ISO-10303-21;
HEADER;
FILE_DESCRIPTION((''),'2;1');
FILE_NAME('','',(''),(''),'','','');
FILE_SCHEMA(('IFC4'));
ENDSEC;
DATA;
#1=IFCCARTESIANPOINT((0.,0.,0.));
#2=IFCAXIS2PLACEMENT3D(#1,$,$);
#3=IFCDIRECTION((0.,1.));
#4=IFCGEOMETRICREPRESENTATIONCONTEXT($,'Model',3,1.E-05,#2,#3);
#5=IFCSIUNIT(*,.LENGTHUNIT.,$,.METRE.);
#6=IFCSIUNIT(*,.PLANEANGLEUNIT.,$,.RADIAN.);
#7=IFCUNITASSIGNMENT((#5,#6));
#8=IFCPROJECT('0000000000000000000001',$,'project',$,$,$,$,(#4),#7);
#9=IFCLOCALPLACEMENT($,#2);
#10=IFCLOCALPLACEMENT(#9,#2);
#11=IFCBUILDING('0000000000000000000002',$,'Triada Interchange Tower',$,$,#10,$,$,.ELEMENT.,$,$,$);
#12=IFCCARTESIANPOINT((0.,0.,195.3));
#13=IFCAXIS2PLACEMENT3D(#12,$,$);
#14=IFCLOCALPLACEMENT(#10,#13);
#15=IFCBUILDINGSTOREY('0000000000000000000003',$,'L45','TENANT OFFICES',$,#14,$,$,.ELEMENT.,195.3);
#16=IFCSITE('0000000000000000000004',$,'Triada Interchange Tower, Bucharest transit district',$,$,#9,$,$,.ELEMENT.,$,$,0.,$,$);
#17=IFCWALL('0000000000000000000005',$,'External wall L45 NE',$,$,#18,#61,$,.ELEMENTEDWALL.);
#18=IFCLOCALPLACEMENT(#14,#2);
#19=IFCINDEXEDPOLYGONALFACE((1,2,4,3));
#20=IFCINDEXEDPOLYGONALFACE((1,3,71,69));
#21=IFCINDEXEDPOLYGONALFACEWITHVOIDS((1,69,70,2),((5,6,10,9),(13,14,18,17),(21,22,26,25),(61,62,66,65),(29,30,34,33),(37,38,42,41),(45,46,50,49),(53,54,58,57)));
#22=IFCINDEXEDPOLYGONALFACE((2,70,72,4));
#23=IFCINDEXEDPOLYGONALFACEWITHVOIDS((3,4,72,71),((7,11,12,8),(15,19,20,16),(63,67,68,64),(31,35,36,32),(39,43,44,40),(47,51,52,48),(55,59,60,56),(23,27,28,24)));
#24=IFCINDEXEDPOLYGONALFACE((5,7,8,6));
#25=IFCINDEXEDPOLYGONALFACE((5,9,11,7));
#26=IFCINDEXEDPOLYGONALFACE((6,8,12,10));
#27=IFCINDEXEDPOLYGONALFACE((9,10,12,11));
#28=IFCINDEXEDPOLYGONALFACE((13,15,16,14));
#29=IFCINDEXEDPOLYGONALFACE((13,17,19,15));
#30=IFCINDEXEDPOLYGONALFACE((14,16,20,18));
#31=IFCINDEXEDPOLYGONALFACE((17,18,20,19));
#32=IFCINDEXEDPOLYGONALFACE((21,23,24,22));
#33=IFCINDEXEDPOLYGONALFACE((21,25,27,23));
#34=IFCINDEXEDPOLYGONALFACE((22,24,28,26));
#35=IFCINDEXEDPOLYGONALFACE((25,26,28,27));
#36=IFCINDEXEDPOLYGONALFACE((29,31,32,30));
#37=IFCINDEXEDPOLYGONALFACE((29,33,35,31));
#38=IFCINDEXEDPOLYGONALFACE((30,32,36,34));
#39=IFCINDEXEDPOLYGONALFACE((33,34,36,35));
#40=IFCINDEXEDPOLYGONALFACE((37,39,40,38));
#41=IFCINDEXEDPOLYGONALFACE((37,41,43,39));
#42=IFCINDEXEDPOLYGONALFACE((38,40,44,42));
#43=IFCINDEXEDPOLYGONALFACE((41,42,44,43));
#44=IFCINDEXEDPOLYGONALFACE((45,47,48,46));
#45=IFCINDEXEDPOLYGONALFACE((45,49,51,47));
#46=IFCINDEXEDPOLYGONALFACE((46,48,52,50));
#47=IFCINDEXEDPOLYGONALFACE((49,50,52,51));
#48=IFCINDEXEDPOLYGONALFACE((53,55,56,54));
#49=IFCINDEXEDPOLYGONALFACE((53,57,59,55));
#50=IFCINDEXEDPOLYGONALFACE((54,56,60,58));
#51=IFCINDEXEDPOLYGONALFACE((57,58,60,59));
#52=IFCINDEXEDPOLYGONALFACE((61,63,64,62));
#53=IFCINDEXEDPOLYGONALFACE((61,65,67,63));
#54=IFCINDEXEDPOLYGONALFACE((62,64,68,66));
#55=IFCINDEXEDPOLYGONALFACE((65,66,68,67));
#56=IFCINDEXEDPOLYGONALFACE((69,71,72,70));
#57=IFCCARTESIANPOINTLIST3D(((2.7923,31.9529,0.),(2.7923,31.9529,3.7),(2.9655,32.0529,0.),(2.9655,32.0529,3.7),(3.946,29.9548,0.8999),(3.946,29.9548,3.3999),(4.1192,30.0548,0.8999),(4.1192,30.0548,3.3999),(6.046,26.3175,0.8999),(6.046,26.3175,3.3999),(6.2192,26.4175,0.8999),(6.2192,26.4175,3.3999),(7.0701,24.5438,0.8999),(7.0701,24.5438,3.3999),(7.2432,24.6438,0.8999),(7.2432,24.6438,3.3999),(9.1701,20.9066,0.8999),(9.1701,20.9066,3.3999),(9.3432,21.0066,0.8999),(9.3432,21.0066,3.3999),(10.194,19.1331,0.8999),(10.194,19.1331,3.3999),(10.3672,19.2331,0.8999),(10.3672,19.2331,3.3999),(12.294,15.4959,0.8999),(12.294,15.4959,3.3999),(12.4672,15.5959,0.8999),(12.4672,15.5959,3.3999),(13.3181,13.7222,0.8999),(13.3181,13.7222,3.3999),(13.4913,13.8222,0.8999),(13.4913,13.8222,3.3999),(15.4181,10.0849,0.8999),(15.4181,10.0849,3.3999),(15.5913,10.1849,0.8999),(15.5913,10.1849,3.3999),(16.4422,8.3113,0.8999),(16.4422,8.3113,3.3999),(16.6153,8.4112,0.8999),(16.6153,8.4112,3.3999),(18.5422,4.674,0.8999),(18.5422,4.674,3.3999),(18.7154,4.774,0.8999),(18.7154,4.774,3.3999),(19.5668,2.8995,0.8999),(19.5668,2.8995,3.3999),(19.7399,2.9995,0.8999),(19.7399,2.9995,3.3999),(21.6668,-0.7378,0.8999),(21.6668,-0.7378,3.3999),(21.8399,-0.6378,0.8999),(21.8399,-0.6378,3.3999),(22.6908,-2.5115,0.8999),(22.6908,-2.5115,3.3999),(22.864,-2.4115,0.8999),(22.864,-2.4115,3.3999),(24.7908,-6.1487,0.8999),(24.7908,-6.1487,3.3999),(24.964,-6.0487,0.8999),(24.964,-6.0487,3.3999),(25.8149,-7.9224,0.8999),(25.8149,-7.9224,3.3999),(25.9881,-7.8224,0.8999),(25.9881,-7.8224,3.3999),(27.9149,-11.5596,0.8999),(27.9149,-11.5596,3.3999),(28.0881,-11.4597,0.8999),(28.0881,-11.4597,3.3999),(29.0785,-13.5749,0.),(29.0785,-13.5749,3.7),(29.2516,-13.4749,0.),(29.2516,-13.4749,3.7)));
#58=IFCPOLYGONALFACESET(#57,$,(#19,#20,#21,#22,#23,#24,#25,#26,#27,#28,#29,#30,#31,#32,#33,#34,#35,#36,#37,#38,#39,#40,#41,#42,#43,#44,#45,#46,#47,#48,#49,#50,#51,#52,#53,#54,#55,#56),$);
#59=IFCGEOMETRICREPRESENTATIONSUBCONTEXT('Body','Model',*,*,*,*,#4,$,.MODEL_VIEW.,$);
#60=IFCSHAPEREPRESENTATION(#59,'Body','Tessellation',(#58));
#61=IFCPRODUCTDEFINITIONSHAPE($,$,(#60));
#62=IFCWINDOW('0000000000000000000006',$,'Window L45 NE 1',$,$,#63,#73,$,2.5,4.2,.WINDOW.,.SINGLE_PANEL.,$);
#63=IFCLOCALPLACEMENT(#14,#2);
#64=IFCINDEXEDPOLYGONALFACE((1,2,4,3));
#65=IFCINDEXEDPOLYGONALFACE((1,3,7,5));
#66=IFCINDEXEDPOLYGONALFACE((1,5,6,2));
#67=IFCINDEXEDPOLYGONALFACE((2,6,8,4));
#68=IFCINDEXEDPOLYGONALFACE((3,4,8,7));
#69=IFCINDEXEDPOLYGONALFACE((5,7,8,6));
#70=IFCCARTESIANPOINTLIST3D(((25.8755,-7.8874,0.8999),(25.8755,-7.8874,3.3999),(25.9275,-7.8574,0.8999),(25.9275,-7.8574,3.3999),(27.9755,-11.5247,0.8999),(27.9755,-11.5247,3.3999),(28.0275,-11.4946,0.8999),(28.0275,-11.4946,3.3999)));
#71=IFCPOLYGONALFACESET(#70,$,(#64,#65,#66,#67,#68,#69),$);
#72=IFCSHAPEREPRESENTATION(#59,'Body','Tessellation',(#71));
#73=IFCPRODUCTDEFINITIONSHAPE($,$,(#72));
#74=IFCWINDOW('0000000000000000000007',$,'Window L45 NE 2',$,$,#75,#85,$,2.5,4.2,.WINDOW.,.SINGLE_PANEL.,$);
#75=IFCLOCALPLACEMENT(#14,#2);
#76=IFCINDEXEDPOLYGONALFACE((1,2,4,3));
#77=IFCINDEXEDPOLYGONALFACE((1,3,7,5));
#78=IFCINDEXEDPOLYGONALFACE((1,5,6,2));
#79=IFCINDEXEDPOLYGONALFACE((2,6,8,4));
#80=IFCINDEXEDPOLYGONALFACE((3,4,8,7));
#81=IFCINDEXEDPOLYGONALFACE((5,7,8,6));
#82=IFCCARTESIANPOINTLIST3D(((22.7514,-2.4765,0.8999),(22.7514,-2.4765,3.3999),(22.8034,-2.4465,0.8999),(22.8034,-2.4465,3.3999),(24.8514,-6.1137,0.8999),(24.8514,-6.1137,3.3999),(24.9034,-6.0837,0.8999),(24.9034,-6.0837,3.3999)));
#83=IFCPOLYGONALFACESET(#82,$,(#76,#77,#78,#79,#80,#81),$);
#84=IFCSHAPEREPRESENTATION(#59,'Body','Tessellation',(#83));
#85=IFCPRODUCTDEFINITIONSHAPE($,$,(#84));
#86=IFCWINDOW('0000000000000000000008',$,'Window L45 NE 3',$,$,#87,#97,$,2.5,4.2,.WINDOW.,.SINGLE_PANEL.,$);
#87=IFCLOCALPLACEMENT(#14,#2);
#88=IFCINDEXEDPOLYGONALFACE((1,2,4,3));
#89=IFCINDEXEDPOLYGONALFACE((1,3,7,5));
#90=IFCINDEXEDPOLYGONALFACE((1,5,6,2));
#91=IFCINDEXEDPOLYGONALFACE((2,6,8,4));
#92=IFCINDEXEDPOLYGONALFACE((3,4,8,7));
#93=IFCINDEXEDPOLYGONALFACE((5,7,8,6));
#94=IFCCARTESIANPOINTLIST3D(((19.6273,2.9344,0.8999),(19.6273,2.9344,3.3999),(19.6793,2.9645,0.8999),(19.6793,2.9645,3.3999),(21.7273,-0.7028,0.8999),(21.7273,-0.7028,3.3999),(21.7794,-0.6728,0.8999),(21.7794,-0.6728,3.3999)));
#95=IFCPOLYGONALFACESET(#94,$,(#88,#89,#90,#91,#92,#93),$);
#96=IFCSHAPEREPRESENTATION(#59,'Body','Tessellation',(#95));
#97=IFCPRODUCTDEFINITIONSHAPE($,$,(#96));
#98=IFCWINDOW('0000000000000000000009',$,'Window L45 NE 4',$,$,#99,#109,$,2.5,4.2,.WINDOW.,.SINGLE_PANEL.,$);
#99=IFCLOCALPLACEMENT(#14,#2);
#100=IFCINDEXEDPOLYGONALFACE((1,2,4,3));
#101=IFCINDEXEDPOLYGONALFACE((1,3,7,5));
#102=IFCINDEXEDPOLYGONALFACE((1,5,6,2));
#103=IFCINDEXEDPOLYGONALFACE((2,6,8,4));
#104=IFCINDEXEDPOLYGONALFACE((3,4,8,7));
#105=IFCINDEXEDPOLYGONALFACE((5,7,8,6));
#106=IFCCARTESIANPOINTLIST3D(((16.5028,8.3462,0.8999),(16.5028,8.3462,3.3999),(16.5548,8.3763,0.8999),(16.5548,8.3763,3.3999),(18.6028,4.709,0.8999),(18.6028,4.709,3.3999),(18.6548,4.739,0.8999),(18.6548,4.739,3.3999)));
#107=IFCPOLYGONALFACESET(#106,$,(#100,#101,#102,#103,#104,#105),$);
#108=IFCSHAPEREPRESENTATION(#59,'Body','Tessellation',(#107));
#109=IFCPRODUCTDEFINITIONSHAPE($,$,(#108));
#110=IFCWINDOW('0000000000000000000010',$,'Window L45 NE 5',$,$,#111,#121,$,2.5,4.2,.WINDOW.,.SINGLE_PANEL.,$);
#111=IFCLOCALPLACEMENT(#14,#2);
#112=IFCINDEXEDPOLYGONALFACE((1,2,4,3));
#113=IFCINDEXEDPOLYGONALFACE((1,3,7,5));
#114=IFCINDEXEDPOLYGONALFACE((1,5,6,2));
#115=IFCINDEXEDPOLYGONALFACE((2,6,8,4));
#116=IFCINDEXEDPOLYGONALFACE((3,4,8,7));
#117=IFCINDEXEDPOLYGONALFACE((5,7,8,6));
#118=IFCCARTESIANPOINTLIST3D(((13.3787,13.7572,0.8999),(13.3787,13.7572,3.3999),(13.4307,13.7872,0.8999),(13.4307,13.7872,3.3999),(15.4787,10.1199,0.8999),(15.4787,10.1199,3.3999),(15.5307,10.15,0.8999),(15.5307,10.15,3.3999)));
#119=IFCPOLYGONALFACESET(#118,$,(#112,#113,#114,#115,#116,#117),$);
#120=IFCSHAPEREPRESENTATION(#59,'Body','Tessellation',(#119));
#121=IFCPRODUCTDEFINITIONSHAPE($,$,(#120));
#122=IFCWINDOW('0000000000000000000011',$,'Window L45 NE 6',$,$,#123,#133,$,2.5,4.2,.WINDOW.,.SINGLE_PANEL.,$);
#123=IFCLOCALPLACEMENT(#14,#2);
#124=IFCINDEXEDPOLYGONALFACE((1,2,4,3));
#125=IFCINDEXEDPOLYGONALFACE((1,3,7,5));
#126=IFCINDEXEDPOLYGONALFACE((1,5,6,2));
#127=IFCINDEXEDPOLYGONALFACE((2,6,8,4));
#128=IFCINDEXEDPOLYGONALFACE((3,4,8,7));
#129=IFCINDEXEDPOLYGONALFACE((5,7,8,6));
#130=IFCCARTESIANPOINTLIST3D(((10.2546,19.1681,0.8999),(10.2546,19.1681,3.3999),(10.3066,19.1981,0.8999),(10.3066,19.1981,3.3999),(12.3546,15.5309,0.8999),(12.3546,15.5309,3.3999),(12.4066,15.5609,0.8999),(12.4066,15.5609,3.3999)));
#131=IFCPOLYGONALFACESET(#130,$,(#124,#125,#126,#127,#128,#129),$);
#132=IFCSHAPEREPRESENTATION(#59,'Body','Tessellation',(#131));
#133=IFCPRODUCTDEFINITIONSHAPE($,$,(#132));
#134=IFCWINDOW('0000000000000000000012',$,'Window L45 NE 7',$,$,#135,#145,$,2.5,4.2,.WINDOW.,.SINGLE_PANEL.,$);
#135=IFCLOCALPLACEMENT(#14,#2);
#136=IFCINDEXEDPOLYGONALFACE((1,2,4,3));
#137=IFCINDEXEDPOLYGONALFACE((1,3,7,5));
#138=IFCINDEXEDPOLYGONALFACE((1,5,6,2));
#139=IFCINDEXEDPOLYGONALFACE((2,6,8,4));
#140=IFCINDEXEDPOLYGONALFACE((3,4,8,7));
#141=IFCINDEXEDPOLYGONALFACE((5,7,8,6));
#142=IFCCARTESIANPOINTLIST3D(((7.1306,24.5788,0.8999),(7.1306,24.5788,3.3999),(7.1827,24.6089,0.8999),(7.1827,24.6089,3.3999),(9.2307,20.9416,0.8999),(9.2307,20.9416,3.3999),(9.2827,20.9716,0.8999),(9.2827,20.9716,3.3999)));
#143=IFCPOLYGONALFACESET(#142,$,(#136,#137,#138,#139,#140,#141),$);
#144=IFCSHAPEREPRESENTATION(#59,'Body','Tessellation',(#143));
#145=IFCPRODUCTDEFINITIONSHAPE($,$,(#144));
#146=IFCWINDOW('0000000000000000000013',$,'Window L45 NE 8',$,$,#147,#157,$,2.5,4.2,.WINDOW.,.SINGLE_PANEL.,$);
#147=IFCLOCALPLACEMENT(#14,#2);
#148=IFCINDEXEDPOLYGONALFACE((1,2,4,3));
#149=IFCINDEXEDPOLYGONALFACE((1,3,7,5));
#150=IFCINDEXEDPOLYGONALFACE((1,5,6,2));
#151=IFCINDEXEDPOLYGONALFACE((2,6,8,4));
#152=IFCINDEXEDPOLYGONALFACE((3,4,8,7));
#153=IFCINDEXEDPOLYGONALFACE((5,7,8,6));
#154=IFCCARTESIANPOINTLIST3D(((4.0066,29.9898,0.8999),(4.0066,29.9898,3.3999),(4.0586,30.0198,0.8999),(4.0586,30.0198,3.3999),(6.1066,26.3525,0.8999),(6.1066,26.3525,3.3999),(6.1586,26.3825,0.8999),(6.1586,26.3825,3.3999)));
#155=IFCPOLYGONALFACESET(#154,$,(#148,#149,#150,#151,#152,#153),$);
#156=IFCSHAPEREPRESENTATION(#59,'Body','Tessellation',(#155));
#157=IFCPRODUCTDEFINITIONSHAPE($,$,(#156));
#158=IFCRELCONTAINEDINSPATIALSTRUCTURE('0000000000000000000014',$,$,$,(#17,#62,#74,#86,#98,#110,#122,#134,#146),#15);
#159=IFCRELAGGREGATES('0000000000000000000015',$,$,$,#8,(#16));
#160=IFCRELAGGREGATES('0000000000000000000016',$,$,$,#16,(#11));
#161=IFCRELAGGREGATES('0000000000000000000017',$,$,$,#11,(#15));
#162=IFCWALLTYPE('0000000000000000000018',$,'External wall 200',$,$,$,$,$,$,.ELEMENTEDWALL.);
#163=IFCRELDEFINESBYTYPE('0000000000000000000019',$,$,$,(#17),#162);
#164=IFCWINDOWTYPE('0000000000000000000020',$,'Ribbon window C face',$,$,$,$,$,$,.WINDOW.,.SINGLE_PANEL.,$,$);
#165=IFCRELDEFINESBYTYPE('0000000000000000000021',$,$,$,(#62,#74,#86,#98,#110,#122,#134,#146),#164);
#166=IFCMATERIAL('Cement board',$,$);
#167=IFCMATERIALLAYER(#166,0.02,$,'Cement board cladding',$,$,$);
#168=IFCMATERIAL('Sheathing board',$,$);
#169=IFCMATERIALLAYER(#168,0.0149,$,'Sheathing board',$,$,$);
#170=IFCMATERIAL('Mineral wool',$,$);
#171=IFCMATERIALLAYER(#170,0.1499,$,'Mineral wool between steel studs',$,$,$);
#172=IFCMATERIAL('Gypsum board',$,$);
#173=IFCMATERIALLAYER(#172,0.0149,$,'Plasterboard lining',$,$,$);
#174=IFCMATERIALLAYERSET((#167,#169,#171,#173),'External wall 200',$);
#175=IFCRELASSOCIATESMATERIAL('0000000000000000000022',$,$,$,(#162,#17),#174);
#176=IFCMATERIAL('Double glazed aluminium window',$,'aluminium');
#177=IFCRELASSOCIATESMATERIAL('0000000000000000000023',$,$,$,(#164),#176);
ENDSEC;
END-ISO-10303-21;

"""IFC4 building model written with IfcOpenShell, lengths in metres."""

from ifc_helpers import new_model, si_unit, direction, frame, frame_2d, origin, place, context, subcontext, project, spatial, rectangle, extrude, material, layer, layer_set, layer_usage, type_object, element, fill, save


model = new_model("IFC4")

# Units and contexts
model_context = context("Model", 3, precision=1e-05, world=origin(), true_north=direction((0.0, 1.0)))
body_context = subcontext(model_context, "Body", "Model", "MODEL_VIEW")
ifc_project = project(units=[si_unit("LENGTHUNIT", "METRE"), si_unit("PLANEANGLEUNIT", "RADIAN")], contexts=[model_context])

# Site, building, storey
site_placement = place(None, origin())
site = spatial("IfcSite", under=ifc_project, at=site_placement, Name="Triada Interchange Tower, Bucharest transit district", CompositionType="ELEMENT", RefElevation=0.0)
building_placement = place(site_placement, origin())
building = spatial("IfcBuilding", under=site, at=building_placement, Name="Triada Interchange Tower", CompositionType="ELEMENT")
storey_placement = place(building_placement, frame((0.0, 0.0, 195.3)))
storey = spatial("IfcBuildingStorey", under=building, at=storey_placement, Name="L45", Description="TENANT OFFICES", CompositionType="ELEMENT", Elevation=195.3)

# Shared definitions
ifc_material_1 = material(Name="Cement board")
ifc_layer_1 = layer(ifc_material_1, 0.02, Name="Cement board cladding")
ifc_material_2 = material(Name="Sheathing board")
ifc_layer_2 = layer(ifc_material_2, 0.0149, Name="Sheathing board")
ifc_material_3 = material(Name="Mineral wool")
ifc_layer_3 = layer(ifc_material_3, 0.1499, Name="Mineral wool between steel studs")
ifc_material_4 = material(Name="Gypsum board")
ifc_layer_4 = layer(ifc_material_4, 0.0149, Name="Plasterboard lining")
ifc_layer_set_1 = layer_set([ifc_layer_1, ifc_layer_2, ifc_layer_3, ifc_layer_4], Name="External wall 200")
ifc_layer_usage = layer_usage(ifc_layer_set_1, "AXIS2", "POSITIVE", -0.1001)
wall_type_1 = type_object("IfcWallType", Name="External wall 200", PredefinedType="ELEMENTEDWALL", material=ifc_layer_set_1)
ifc_material_5 = material(Name="Double glazed aluminium window", Category="aluminium")

# Wall, openings, windows
wall_1_placement = place(storey_placement, frame((29.165, -13.5249, 0.0), z_axis=(0.0, 0.0, 1.0), x_axis=(-0.500009, 0.86602, 0.0)))
wall_1 = element("IfcWall", 1, at=wall_1_placement, inside=storey, type_object=wall_type_1, material=ifc_layer_usage, Name="External wall L45 NE", PredefinedType="ELEMENTEDWALL", context=body_context, shape_type="SweptSolid", body=[
    extrude(rectangle(XDim=52.5713, YDim=0.2, at=frame_2d((26.2856, 0.0))), origin(), (0.0, 0.0, 1.0), 3.7),
])
opening_1_placement = place(wall_1_placement, frame((2.3269, 0.0, 0.8999)))
opening_1 = element("IfcOpeningElement", 2, at=opening_1_placement, cuts=wall_1, PredefinedType="OPENING", context=body_context, shape_type="SweptSolid", body=[
    extrude(rectangle(XDim=4.2, YDim=2.5, at=frame_2d((2.1001, 1.25))), frame((0.0, 0.1099, 0.0), z_axis=(0.0, -1.0, 0.0), x_axis=(1.0, 0.0, 0.0)), (0.0, 0.0, 1.0), 0.22),
])
opening_2_placement = place(wall_1_placement, frame((8.575, 0.0, 0.8999)))
opening_2 = element("IfcOpeningElement", 3, at=opening_2_placement, cuts=wall_1, PredefinedType="OPENING", context=body_context, shape_type="SweptSolid", body=[
    extrude(rectangle(XDim=4.2, YDim=2.5, at=frame_2d((2.1001, 1.25))), frame((0.0, 0.1099, 0.0), z_axis=(0.0, -1.0, 0.0), x_axis=(1.0, 0.0, 0.0)), (0.0, 0.0, 1.0), 0.22),
])
opening_3_placement = place(wall_1_placement, frame((14.823, 0.0, 0.8999)))
opening_3 = element("IfcOpeningElement", 4, at=opening_3_placement, cuts=wall_1, PredefinedType="OPENING", context=body_context, shape_type="SweptSolid", body=[
    extrude(rectangle(XDim=4.2, YDim=2.5, at=frame_2d((2.1001, 1.25))), frame((0.0, 0.1099, 0.0), z_axis=(0.0, -1.0, 0.0), x_axis=(1.0, 0.0, 0.0)), (0.0, 0.0, 1.0), 0.22),
])
opening_4_placement = place(wall_1_placement, frame((21.072, 0.0, 0.8999)))
opening_4 = element("IfcOpeningElement", 5, at=opening_4_placement, cuts=wall_1, PredefinedType="OPENING", context=body_context, shape_type="SweptSolid", body=[
    extrude(rectangle(XDim=4.2, YDim=2.5, at=frame_2d((2.1001, 1.25))), frame((0.0, 0.1099, 0.0), z_axis=(0.0, -1.0, 0.0), x_axis=(1.0, 0.0, 0.0)), (0.0, 0.0, 1.0), 0.22),
])
opening_5_placement = place(wall_1_placement, frame((27.3201, 0.0, 0.8999)))
opening_5 = element("IfcOpeningElement", 6, at=opening_5_placement, cuts=wall_1, PredefinedType="OPENING", context=body_context, shape_type="SweptSolid", body=[
    extrude(rectangle(XDim=4.2, YDim=2.5, at=frame_2d((2.1001, 1.25))), frame((0.0, 0.1099, 0.0), z_axis=(0.0, -1.0, 0.0), x_axis=(1.0, 0.0, 0.0)), (0.0, 0.0, 1.0), 0.22),
])
opening_6_placement = place(wall_1_placement, frame((33.5681, 0.0, 0.8999)))
opening_6 = element("IfcOpeningElement", 7, at=opening_6_placement, cuts=wall_1, PredefinedType="OPENING", context=body_context, shape_type="SweptSolid", body=[
    extrude(rectangle(XDim=4.2, YDim=2.5, at=frame_2d((2.1001, 1.25))), frame((0.0, 0.1099, 0.0), z_axis=(0.0, -1.0, 0.0), x_axis=(1.0, 0.0, 0.0)), (0.0, 0.0, 1.0), 0.22),
])
opening_7_placement = place(wall_1_placement, frame((39.8159, 0.0, 0.8999)))
opening_7 = element("IfcOpeningElement", 8, at=opening_7_placement, cuts=wall_1, PredefinedType="OPENING", context=body_context, shape_type="SweptSolid", body=[
    extrude(rectangle(XDim=4.2, YDim=2.5, at=frame_2d((2.1001, 1.25))), frame((0.0, 0.1099, 0.0), z_axis=(0.0, -1.0, 0.0), x_axis=(1.0, 0.0, 0.0)), (0.0, 0.0, 1.0), 0.22),
])
opening_8_placement = place(wall_1_placement, frame((46.064, 0.0, 0.8999)))
opening_8 = element("IfcOpeningElement", 9, at=opening_8_placement, cuts=wall_1, PredefinedType="OPENING", context=body_context, shape_type="SweptSolid", body=[
    extrude(rectangle(XDim=4.2, YDim=2.5, at=frame_2d((2.1001, 1.25))), frame((0.0, 0.1099, 0.0), z_axis=(0.0, -1.0, 0.0), x_axis=(1.0, 0.0, 0.0)), (0.0, 0.0, 1.0), 0.22),
])
window_type_1 = type_object("IfcWindowType", Name="Ribbon window C face", PartitioningType="SINGLE_PANEL", PredefinedType="WINDOW", material=ifc_material_5)
window_1_placement = place(opening_1_placement, origin())
window_1 = element("IfcWindow", 10, at=window_1_placement, inside=storey, type_object=window_type_1, Name="Window L45 NE 1", OverallHeight=2.5, OverallWidth=4.2, PartitioningType="SINGLE_PANEL", PredefinedType="WINDOW", context=body_context, shape_type="SweptSolid", body=[
    extrude(rectangle(XDim=4.2, YDim=2.5, at=frame_2d((2.1001, 1.25))), frame((0.0, 0.03, 0.0), z_axis=(0.0, -1.0, 0.0), x_axis=(1.0, 0.0, 0.0)), (0.0, 0.0, 1.0), 0.0601),
])
fill(opening_1, window_1)
window_2_placement = place(opening_2_placement, origin())
window_2 = element("IfcWindow", 11, at=window_2_placement, inside=storey, type_object=window_type_1, Name="Window L45 NE 2", OverallHeight=2.5, OverallWidth=4.2, PartitioningType="SINGLE_PANEL", PredefinedType="WINDOW", context=body_context, shape_type="SweptSolid", body=[
    extrude(rectangle(XDim=4.2, YDim=2.5, at=frame_2d((2.1001, 1.25))), frame((0.0, 0.03, 0.0), z_axis=(0.0, -1.0, 0.0), x_axis=(1.0, 0.0, 0.0)), (0.0, 0.0, 1.0), 0.0601),
])
fill(opening_2, window_2)
window_3_placement = place(opening_3_placement, origin())
window_3 = element("IfcWindow", 12, at=window_3_placement, inside=storey, type_object=window_type_1, Name="Window L45 NE 3", OverallHeight=2.5, OverallWidth=4.2, PartitioningType="SINGLE_PANEL", PredefinedType="WINDOW", context=body_context, shape_type="SweptSolid", body=[
    extrude(rectangle(XDim=4.2, YDim=2.5, at=frame_2d((2.1001, 1.25))), frame((0.0, 0.03, 0.0), z_axis=(0.0, -1.0, 0.0), x_axis=(1.0, 0.0, 0.0)), (0.0, 0.0, 1.0), 0.0601),
])
fill(opening_3, window_3)
window_4_placement = place(opening_4_placement, origin())
window_4 = element("IfcWindow", 13, at=window_4_placement, inside=storey, type_object=window_type_1, Name="Window L45 NE 4", OverallHeight=2.5, OverallWidth=4.2, PartitioningType="SINGLE_PANEL", PredefinedType="WINDOW", context=body_context, shape_type="SweptSolid", body=[
    extrude(rectangle(XDim=4.2, YDim=2.5, at=frame_2d((2.1001, 1.25))), frame((0.0, 0.03, 0.0), z_axis=(0.0, -1.0, 0.0), x_axis=(1.0, 0.0, 0.0)), (0.0, 0.0, 1.0), 0.0601),
])
fill(opening_4, window_4)
window_5_placement = place(opening_5_placement, origin())
window_5 = element("IfcWindow", 14, at=window_5_placement, inside=storey, type_object=window_type_1, Name="Window L45 NE 5", OverallHeight=2.5, OverallWidth=4.2, PartitioningType="SINGLE_PANEL", PredefinedType="WINDOW", context=body_context, shape_type="SweptSolid", body=[
    extrude(rectangle(XDim=4.2, YDim=2.5, at=frame_2d((2.1001, 1.25))), frame((0.0, 0.03, 0.0), z_axis=(0.0, -1.0, 0.0), x_axis=(1.0, 0.0, 0.0)), (0.0, 0.0, 1.0), 0.0601),
])
fill(opening_5, window_5)
window_6_placement = place(opening_6_placement, origin())
window_6 = element("IfcWindow", 15, at=window_6_placement, inside=storey, type_object=window_type_1, Name="Window L45 NE 6", OverallHeight=2.5, OverallWidth=4.2, PartitioningType="SINGLE_PANEL", PredefinedType="WINDOW", context=body_context, shape_type="SweptSolid", body=[
    extrude(rectangle(XDim=4.2, YDim=2.5, at=frame_2d((2.1001, 1.25))), frame((0.0, 0.03, 0.0), z_axis=(0.0, -1.0, 0.0), x_axis=(1.0, 0.0, 0.0)), (0.0, 0.0, 1.0), 0.0601),
])
fill(opening_6, window_6)
window_7_placement = place(opening_7_placement, origin())
window_7 = element("IfcWindow", 16, at=window_7_placement, inside=storey, type_object=window_type_1, Name="Window L45 NE 7", OverallHeight=2.5, OverallWidth=4.2, PartitioningType="SINGLE_PANEL", PredefinedType="WINDOW", context=body_context, shape_type="SweptSolid", body=[
    extrude(rectangle(XDim=4.2, YDim=2.5, at=frame_2d((2.1001, 1.25))), frame((0.0, 0.03, 0.0), z_axis=(0.0, -1.0, 0.0), x_axis=(1.0, 0.0, 0.0)), (0.0, 0.0, 1.0), 0.0601),
])
fill(opening_7, window_7)
window_8_placement = place(opening_8_placement, origin())
window_8 = element("IfcWindow", 17, at=window_8_placement, inside=storey, type_object=window_type_1, Name="Window L45 NE 8", OverallHeight=2.5, OverallWidth=4.2, PartitioningType="SINGLE_PANEL", PredefinedType="WINDOW", context=body_context, shape_type="SweptSolid", body=[
    extrude(rectangle(XDim=4.2, YDim=2.5, at=frame_2d((2.1001, 1.25))), frame((0.0, 0.03, 0.0), z_axis=(0.0, -1.0, 0.0), x_axis=(1.0, 0.0, 0.0)), (0.0, 0.0, 1.0), 0.0601),
])
fill(opening_8, window_8)

save(model, "model.ifc")
